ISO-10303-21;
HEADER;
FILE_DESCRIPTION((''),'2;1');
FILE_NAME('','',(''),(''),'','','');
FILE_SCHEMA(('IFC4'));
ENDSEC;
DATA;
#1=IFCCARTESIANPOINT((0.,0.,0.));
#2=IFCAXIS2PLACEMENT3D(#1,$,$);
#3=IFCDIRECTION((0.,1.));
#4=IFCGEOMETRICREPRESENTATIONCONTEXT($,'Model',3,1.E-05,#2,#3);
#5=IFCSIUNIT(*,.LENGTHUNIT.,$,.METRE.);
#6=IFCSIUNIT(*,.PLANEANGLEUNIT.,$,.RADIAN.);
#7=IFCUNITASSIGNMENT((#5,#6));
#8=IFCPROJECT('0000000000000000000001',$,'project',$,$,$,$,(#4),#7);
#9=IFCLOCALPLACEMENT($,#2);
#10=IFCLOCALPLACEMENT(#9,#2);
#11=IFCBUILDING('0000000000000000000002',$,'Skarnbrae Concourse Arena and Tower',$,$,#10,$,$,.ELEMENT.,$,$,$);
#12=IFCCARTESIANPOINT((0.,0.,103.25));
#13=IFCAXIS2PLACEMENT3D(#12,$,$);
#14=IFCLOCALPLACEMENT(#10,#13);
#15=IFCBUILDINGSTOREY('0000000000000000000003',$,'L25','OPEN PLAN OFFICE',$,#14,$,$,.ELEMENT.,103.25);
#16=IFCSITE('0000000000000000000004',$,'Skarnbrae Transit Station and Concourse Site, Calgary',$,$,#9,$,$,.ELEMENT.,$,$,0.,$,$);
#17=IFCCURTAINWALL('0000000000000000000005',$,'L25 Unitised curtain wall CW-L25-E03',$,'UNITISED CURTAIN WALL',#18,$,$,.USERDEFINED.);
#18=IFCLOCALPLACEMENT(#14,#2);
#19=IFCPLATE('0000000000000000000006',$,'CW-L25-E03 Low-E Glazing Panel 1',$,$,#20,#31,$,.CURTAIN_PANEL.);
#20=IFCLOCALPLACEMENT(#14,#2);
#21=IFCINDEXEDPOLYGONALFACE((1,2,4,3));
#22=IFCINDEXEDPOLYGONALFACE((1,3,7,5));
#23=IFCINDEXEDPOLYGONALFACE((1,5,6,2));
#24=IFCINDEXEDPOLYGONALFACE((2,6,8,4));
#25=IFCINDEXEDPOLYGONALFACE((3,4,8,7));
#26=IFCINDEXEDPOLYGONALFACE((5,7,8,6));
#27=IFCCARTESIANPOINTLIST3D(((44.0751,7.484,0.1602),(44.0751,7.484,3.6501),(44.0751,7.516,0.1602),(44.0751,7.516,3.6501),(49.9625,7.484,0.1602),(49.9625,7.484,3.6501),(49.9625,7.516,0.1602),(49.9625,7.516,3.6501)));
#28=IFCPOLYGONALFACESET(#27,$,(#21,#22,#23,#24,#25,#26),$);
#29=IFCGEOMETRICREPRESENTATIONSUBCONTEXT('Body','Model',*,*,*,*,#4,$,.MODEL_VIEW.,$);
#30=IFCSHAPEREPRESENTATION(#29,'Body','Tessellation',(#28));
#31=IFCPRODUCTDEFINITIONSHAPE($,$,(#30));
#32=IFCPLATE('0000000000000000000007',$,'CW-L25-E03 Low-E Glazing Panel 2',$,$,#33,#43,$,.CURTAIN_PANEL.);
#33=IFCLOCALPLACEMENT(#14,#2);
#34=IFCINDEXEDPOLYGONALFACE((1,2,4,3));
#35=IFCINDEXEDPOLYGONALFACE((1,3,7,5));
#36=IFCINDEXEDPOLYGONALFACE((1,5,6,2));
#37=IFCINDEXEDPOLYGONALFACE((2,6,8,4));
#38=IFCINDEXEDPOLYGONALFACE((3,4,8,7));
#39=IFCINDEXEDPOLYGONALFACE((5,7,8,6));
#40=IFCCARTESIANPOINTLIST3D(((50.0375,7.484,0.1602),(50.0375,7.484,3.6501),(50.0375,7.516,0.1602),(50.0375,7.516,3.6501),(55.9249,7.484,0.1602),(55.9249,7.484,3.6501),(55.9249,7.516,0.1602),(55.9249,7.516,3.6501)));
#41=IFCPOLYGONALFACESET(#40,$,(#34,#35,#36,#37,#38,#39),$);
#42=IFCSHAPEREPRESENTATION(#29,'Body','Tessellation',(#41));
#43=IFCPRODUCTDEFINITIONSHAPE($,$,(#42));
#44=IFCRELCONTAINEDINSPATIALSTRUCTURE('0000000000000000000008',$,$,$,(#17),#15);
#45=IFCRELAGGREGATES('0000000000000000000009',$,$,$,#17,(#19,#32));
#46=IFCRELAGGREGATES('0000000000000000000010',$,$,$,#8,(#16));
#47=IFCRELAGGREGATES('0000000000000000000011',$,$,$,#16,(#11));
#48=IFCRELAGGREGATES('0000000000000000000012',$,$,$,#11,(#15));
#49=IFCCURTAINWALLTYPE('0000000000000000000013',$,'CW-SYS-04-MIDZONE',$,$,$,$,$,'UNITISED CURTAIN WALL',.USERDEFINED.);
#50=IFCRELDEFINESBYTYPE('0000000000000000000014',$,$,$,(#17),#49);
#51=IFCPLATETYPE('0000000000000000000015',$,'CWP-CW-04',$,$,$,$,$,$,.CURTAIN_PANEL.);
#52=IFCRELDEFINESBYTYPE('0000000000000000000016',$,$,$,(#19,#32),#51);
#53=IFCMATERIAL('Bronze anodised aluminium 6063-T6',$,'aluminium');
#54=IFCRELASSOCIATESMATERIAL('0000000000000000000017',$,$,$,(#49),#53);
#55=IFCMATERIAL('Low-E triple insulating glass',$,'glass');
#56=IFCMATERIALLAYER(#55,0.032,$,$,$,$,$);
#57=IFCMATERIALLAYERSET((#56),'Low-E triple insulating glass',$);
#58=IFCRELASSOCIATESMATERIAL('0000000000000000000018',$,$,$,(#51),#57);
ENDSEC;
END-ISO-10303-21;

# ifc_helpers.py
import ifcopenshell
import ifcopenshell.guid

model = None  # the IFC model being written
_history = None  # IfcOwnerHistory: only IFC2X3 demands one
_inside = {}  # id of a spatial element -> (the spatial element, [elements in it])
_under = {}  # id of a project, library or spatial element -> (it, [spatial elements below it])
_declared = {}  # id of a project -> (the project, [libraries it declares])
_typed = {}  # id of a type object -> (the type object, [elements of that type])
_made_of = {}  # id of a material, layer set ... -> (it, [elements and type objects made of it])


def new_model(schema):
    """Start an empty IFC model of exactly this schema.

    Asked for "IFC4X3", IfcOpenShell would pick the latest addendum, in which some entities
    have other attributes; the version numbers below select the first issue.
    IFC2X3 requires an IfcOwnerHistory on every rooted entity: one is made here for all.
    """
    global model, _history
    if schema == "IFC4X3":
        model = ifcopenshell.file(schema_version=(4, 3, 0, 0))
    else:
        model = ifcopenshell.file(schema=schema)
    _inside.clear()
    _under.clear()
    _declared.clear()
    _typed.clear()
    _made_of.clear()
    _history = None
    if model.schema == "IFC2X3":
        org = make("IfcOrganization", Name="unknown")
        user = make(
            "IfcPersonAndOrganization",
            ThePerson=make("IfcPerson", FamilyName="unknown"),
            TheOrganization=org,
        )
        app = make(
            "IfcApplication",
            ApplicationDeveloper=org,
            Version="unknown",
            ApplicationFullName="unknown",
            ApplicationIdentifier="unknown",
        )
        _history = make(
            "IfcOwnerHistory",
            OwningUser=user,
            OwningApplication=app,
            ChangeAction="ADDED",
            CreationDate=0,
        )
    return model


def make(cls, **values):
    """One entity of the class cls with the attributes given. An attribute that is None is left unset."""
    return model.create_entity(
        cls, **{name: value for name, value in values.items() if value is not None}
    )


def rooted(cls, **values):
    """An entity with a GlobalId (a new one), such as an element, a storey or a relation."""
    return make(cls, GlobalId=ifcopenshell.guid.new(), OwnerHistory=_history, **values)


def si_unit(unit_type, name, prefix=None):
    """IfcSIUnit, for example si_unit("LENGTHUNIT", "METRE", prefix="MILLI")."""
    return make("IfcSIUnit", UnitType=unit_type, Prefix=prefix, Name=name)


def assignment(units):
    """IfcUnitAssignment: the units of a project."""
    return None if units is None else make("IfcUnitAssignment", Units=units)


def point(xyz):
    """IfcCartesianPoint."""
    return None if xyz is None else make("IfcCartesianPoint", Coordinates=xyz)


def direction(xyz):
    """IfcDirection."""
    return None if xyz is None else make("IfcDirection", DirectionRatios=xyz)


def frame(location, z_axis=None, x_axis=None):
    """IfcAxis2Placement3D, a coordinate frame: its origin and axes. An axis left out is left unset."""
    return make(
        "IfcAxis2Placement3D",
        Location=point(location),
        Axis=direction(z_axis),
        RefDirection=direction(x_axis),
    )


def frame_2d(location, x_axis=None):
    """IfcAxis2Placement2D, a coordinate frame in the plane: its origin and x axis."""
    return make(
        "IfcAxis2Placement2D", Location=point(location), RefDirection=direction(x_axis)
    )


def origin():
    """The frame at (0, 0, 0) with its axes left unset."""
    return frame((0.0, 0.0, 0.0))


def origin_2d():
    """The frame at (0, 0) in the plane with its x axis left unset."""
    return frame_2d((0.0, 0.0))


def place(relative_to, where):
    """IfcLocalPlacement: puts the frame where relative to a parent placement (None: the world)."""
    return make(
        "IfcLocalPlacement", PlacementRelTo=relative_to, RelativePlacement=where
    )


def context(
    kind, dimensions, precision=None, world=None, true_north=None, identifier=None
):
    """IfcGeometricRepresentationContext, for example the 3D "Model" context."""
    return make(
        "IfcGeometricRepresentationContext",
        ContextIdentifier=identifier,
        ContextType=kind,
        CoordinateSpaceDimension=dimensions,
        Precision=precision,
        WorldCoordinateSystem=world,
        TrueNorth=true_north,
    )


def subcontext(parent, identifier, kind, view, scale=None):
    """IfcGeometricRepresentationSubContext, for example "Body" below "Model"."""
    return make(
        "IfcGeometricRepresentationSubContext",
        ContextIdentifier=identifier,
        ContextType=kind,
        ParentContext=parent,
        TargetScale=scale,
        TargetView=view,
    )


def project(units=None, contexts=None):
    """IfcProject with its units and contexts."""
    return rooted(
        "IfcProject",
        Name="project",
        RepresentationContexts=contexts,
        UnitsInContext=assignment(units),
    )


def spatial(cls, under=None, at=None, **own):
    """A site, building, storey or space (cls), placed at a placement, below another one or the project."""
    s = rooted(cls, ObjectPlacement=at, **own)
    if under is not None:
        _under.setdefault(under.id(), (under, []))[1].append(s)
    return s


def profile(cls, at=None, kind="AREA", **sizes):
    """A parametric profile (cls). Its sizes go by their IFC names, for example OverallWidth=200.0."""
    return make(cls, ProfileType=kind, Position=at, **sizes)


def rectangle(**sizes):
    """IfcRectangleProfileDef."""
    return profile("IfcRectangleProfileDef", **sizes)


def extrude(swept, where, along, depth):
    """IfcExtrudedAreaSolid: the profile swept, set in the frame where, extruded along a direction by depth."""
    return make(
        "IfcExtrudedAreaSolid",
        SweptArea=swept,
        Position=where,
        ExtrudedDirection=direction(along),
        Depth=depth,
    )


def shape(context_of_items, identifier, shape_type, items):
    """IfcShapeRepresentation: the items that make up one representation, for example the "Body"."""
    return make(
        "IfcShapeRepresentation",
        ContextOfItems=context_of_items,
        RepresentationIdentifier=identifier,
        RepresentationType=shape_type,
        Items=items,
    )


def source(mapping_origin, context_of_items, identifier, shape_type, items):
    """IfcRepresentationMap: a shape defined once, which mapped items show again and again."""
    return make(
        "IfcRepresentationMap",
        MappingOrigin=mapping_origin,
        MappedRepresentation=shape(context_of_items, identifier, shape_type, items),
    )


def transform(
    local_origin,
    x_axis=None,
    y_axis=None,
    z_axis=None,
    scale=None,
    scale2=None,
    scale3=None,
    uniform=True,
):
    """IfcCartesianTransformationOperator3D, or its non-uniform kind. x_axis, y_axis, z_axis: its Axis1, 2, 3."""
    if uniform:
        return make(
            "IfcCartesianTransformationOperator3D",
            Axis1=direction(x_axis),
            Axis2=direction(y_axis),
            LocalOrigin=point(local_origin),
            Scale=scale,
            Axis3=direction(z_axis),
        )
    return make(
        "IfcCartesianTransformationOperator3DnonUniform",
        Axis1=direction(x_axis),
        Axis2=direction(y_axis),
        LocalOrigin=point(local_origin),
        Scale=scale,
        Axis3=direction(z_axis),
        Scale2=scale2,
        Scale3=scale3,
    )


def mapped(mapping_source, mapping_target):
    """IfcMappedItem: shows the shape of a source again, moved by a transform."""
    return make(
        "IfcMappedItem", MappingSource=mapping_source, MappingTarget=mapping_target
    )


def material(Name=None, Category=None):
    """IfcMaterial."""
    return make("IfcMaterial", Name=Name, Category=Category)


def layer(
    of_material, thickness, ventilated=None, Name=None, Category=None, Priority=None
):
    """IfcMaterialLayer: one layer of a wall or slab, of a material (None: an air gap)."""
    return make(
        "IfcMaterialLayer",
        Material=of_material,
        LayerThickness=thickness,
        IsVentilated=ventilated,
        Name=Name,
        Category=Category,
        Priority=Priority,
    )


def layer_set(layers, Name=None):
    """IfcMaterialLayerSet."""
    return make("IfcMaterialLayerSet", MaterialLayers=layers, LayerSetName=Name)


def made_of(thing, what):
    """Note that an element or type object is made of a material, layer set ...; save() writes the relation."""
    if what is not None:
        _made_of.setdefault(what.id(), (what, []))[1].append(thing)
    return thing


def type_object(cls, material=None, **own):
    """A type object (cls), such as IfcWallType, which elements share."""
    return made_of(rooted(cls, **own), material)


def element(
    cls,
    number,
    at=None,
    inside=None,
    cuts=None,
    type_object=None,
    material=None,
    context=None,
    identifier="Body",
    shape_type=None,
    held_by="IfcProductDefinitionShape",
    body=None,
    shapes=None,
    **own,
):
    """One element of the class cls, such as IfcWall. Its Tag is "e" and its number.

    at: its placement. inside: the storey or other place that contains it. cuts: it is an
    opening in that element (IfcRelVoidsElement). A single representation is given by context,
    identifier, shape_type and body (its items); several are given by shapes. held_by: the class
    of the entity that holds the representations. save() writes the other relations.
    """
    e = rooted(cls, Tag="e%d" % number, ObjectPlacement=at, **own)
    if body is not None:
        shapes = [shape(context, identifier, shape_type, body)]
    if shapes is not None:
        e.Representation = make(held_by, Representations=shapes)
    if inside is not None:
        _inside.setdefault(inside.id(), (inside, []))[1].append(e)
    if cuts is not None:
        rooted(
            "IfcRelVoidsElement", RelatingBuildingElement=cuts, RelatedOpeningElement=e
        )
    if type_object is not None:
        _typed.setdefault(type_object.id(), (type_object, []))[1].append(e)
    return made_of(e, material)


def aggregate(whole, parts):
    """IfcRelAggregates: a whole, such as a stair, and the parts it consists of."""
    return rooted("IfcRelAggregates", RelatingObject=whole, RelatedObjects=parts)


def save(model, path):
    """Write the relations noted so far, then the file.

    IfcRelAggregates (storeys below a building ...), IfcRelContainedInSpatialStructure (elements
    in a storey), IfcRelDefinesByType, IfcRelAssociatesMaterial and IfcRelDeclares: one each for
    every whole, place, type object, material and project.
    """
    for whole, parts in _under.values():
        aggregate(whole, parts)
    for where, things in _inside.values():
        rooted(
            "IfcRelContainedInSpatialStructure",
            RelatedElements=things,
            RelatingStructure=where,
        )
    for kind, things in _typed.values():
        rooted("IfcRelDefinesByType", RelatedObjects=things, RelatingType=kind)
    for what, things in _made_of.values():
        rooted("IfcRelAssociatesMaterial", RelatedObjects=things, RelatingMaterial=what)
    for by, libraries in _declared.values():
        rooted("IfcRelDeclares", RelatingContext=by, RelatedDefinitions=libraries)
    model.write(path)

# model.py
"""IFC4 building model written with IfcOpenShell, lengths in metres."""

from ifc_helpers import new_model, si_unit, direction, frame, origin, origin_2d, place, context, subcontext, project, spatial, rectangle, extrude, source, transform, mapped, material, layer, layer_set, type_object, element, aggregate, save


model = new_model("IFC4")

# Units and contexts
model_context = context("Model", 3, precision=1e-05, world=origin(), true_north=direction((0.0, 1.0)))
body_context = subcontext(model_context, "Body", "Model", "MODEL_VIEW")
ifc_project = project(units=[si_unit("LENGTHUNIT", "METRE"), si_unit("PLANEANGLEUNIT", "RADIAN")], contexts=[model_context])

# Site, building, storey
site_placement = place(None, origin())
site = spatial("IfcSite", under=ifc_project, at=site_placement, Name="Skarnbrae Transit Station and Concourse Site, Calgary", CompositionType="ELEMENT", RefElevation=0.0)
building_placement = place(site_placement, origin())
building = spatial("IfcBuilding", under=site, at=building_placement, Name="Skarnbrae Concourse Arena and Tower", CompositionType="ELEMENT")
storey_placement = place(building_placement, frame((0.0, 0.0, 103.25)))
storey = spatial("IfcBuildingStorey", under=building, at=storey_placement, Name="L25", Description="OPEN PLAN OFFICE", CompositionType="ELEMENT", Elevation=103.25)

# Curtain wall
ifc_material_1 = material(Name="Bronze anodised aluminium 6063-T6", Category="aluminium")
curtain_wall_type = type_object("IfcCurtainWallType", Name="CW-SYS-04-MIDZONE", ElementType="UNITISED CURTAIN WALL", PredefinedType="USERDEFINED", material=ifc_material_1)
curtain_wall_1_placement = place(storey_placement, origin())
curtain_wall_1 = element("IfcCurtainWall", 1, at=curtain_wall_1_placement, inside=storey, type_object=curtain_wall_type, Name="L25 Unitised curtain wall CW-L25-E03", ObjectType="UNITISED CURTAIN WALL", PredefinedType="USERDEFINED")

# Plates
ifc_material_2 = material(Name="Low-E triple insulating glass", Category="glass")
ifc_layer = layer(ifc_material_2, 0.032)
ifc_layer_set = layer_set([ifc_layer], Name="Low-E triple insulating glass")
plate_type = type_object("IfcPlateType", Name="CWP-CW-04", PredefinedType="CURTAIN_PANEL", material=ifc_layer_set)
shared_shape_1 = source(origin(), body_context, "Body", "SweptSolid", [
    extrude(rectangle(XDim=5.8875, YDim=0.032, at=origin_2d()), origin(), (0.0, 0.0, 1.0), 3.49),
])
plate_1_placement = place(storey_placement, frame((47.0188, 7.5, 0.1602), z_axis=(0.0, 0.0, 1.0), x_axis=(1.0, 0.0, 0.0)))
plate_1 = element("IfcPlate", 2, at=plate_1_placement, type_object=plate_type, Name="CW-L25-E03 Low-E Glazing Panel 1", PredefinedType="CURTAIN_PANEL", context=body_context, shape_type="MappedRepresentation", body=[
    mapped(shared_shape_1, transform((0.0, 0.0, 0.0))),
])
plate_2_placement = place(storey_placement, frame((52.9812, 7.5, 0.1602), z_axis=(0.0, 0.0, 1.0), x_axis=(1.0, 0.0, 0.0)))
plate_2 = element("IfcPlate", 3, at=plate_2_placement, type_object=plate_type, Name="CW-L25-E03 Low-E Glazing Panel 2", PredefinedType="CURTAIN_PANEL", context=body_context, shape_type="MappedRepresentation", body=[
    mapped(shared_shape_1, transform((0.0, 0.0, 0.0))),
])
aggregate(curtain_wall_1, [plate_1, plate_2])

save(model, "model.ifc")
